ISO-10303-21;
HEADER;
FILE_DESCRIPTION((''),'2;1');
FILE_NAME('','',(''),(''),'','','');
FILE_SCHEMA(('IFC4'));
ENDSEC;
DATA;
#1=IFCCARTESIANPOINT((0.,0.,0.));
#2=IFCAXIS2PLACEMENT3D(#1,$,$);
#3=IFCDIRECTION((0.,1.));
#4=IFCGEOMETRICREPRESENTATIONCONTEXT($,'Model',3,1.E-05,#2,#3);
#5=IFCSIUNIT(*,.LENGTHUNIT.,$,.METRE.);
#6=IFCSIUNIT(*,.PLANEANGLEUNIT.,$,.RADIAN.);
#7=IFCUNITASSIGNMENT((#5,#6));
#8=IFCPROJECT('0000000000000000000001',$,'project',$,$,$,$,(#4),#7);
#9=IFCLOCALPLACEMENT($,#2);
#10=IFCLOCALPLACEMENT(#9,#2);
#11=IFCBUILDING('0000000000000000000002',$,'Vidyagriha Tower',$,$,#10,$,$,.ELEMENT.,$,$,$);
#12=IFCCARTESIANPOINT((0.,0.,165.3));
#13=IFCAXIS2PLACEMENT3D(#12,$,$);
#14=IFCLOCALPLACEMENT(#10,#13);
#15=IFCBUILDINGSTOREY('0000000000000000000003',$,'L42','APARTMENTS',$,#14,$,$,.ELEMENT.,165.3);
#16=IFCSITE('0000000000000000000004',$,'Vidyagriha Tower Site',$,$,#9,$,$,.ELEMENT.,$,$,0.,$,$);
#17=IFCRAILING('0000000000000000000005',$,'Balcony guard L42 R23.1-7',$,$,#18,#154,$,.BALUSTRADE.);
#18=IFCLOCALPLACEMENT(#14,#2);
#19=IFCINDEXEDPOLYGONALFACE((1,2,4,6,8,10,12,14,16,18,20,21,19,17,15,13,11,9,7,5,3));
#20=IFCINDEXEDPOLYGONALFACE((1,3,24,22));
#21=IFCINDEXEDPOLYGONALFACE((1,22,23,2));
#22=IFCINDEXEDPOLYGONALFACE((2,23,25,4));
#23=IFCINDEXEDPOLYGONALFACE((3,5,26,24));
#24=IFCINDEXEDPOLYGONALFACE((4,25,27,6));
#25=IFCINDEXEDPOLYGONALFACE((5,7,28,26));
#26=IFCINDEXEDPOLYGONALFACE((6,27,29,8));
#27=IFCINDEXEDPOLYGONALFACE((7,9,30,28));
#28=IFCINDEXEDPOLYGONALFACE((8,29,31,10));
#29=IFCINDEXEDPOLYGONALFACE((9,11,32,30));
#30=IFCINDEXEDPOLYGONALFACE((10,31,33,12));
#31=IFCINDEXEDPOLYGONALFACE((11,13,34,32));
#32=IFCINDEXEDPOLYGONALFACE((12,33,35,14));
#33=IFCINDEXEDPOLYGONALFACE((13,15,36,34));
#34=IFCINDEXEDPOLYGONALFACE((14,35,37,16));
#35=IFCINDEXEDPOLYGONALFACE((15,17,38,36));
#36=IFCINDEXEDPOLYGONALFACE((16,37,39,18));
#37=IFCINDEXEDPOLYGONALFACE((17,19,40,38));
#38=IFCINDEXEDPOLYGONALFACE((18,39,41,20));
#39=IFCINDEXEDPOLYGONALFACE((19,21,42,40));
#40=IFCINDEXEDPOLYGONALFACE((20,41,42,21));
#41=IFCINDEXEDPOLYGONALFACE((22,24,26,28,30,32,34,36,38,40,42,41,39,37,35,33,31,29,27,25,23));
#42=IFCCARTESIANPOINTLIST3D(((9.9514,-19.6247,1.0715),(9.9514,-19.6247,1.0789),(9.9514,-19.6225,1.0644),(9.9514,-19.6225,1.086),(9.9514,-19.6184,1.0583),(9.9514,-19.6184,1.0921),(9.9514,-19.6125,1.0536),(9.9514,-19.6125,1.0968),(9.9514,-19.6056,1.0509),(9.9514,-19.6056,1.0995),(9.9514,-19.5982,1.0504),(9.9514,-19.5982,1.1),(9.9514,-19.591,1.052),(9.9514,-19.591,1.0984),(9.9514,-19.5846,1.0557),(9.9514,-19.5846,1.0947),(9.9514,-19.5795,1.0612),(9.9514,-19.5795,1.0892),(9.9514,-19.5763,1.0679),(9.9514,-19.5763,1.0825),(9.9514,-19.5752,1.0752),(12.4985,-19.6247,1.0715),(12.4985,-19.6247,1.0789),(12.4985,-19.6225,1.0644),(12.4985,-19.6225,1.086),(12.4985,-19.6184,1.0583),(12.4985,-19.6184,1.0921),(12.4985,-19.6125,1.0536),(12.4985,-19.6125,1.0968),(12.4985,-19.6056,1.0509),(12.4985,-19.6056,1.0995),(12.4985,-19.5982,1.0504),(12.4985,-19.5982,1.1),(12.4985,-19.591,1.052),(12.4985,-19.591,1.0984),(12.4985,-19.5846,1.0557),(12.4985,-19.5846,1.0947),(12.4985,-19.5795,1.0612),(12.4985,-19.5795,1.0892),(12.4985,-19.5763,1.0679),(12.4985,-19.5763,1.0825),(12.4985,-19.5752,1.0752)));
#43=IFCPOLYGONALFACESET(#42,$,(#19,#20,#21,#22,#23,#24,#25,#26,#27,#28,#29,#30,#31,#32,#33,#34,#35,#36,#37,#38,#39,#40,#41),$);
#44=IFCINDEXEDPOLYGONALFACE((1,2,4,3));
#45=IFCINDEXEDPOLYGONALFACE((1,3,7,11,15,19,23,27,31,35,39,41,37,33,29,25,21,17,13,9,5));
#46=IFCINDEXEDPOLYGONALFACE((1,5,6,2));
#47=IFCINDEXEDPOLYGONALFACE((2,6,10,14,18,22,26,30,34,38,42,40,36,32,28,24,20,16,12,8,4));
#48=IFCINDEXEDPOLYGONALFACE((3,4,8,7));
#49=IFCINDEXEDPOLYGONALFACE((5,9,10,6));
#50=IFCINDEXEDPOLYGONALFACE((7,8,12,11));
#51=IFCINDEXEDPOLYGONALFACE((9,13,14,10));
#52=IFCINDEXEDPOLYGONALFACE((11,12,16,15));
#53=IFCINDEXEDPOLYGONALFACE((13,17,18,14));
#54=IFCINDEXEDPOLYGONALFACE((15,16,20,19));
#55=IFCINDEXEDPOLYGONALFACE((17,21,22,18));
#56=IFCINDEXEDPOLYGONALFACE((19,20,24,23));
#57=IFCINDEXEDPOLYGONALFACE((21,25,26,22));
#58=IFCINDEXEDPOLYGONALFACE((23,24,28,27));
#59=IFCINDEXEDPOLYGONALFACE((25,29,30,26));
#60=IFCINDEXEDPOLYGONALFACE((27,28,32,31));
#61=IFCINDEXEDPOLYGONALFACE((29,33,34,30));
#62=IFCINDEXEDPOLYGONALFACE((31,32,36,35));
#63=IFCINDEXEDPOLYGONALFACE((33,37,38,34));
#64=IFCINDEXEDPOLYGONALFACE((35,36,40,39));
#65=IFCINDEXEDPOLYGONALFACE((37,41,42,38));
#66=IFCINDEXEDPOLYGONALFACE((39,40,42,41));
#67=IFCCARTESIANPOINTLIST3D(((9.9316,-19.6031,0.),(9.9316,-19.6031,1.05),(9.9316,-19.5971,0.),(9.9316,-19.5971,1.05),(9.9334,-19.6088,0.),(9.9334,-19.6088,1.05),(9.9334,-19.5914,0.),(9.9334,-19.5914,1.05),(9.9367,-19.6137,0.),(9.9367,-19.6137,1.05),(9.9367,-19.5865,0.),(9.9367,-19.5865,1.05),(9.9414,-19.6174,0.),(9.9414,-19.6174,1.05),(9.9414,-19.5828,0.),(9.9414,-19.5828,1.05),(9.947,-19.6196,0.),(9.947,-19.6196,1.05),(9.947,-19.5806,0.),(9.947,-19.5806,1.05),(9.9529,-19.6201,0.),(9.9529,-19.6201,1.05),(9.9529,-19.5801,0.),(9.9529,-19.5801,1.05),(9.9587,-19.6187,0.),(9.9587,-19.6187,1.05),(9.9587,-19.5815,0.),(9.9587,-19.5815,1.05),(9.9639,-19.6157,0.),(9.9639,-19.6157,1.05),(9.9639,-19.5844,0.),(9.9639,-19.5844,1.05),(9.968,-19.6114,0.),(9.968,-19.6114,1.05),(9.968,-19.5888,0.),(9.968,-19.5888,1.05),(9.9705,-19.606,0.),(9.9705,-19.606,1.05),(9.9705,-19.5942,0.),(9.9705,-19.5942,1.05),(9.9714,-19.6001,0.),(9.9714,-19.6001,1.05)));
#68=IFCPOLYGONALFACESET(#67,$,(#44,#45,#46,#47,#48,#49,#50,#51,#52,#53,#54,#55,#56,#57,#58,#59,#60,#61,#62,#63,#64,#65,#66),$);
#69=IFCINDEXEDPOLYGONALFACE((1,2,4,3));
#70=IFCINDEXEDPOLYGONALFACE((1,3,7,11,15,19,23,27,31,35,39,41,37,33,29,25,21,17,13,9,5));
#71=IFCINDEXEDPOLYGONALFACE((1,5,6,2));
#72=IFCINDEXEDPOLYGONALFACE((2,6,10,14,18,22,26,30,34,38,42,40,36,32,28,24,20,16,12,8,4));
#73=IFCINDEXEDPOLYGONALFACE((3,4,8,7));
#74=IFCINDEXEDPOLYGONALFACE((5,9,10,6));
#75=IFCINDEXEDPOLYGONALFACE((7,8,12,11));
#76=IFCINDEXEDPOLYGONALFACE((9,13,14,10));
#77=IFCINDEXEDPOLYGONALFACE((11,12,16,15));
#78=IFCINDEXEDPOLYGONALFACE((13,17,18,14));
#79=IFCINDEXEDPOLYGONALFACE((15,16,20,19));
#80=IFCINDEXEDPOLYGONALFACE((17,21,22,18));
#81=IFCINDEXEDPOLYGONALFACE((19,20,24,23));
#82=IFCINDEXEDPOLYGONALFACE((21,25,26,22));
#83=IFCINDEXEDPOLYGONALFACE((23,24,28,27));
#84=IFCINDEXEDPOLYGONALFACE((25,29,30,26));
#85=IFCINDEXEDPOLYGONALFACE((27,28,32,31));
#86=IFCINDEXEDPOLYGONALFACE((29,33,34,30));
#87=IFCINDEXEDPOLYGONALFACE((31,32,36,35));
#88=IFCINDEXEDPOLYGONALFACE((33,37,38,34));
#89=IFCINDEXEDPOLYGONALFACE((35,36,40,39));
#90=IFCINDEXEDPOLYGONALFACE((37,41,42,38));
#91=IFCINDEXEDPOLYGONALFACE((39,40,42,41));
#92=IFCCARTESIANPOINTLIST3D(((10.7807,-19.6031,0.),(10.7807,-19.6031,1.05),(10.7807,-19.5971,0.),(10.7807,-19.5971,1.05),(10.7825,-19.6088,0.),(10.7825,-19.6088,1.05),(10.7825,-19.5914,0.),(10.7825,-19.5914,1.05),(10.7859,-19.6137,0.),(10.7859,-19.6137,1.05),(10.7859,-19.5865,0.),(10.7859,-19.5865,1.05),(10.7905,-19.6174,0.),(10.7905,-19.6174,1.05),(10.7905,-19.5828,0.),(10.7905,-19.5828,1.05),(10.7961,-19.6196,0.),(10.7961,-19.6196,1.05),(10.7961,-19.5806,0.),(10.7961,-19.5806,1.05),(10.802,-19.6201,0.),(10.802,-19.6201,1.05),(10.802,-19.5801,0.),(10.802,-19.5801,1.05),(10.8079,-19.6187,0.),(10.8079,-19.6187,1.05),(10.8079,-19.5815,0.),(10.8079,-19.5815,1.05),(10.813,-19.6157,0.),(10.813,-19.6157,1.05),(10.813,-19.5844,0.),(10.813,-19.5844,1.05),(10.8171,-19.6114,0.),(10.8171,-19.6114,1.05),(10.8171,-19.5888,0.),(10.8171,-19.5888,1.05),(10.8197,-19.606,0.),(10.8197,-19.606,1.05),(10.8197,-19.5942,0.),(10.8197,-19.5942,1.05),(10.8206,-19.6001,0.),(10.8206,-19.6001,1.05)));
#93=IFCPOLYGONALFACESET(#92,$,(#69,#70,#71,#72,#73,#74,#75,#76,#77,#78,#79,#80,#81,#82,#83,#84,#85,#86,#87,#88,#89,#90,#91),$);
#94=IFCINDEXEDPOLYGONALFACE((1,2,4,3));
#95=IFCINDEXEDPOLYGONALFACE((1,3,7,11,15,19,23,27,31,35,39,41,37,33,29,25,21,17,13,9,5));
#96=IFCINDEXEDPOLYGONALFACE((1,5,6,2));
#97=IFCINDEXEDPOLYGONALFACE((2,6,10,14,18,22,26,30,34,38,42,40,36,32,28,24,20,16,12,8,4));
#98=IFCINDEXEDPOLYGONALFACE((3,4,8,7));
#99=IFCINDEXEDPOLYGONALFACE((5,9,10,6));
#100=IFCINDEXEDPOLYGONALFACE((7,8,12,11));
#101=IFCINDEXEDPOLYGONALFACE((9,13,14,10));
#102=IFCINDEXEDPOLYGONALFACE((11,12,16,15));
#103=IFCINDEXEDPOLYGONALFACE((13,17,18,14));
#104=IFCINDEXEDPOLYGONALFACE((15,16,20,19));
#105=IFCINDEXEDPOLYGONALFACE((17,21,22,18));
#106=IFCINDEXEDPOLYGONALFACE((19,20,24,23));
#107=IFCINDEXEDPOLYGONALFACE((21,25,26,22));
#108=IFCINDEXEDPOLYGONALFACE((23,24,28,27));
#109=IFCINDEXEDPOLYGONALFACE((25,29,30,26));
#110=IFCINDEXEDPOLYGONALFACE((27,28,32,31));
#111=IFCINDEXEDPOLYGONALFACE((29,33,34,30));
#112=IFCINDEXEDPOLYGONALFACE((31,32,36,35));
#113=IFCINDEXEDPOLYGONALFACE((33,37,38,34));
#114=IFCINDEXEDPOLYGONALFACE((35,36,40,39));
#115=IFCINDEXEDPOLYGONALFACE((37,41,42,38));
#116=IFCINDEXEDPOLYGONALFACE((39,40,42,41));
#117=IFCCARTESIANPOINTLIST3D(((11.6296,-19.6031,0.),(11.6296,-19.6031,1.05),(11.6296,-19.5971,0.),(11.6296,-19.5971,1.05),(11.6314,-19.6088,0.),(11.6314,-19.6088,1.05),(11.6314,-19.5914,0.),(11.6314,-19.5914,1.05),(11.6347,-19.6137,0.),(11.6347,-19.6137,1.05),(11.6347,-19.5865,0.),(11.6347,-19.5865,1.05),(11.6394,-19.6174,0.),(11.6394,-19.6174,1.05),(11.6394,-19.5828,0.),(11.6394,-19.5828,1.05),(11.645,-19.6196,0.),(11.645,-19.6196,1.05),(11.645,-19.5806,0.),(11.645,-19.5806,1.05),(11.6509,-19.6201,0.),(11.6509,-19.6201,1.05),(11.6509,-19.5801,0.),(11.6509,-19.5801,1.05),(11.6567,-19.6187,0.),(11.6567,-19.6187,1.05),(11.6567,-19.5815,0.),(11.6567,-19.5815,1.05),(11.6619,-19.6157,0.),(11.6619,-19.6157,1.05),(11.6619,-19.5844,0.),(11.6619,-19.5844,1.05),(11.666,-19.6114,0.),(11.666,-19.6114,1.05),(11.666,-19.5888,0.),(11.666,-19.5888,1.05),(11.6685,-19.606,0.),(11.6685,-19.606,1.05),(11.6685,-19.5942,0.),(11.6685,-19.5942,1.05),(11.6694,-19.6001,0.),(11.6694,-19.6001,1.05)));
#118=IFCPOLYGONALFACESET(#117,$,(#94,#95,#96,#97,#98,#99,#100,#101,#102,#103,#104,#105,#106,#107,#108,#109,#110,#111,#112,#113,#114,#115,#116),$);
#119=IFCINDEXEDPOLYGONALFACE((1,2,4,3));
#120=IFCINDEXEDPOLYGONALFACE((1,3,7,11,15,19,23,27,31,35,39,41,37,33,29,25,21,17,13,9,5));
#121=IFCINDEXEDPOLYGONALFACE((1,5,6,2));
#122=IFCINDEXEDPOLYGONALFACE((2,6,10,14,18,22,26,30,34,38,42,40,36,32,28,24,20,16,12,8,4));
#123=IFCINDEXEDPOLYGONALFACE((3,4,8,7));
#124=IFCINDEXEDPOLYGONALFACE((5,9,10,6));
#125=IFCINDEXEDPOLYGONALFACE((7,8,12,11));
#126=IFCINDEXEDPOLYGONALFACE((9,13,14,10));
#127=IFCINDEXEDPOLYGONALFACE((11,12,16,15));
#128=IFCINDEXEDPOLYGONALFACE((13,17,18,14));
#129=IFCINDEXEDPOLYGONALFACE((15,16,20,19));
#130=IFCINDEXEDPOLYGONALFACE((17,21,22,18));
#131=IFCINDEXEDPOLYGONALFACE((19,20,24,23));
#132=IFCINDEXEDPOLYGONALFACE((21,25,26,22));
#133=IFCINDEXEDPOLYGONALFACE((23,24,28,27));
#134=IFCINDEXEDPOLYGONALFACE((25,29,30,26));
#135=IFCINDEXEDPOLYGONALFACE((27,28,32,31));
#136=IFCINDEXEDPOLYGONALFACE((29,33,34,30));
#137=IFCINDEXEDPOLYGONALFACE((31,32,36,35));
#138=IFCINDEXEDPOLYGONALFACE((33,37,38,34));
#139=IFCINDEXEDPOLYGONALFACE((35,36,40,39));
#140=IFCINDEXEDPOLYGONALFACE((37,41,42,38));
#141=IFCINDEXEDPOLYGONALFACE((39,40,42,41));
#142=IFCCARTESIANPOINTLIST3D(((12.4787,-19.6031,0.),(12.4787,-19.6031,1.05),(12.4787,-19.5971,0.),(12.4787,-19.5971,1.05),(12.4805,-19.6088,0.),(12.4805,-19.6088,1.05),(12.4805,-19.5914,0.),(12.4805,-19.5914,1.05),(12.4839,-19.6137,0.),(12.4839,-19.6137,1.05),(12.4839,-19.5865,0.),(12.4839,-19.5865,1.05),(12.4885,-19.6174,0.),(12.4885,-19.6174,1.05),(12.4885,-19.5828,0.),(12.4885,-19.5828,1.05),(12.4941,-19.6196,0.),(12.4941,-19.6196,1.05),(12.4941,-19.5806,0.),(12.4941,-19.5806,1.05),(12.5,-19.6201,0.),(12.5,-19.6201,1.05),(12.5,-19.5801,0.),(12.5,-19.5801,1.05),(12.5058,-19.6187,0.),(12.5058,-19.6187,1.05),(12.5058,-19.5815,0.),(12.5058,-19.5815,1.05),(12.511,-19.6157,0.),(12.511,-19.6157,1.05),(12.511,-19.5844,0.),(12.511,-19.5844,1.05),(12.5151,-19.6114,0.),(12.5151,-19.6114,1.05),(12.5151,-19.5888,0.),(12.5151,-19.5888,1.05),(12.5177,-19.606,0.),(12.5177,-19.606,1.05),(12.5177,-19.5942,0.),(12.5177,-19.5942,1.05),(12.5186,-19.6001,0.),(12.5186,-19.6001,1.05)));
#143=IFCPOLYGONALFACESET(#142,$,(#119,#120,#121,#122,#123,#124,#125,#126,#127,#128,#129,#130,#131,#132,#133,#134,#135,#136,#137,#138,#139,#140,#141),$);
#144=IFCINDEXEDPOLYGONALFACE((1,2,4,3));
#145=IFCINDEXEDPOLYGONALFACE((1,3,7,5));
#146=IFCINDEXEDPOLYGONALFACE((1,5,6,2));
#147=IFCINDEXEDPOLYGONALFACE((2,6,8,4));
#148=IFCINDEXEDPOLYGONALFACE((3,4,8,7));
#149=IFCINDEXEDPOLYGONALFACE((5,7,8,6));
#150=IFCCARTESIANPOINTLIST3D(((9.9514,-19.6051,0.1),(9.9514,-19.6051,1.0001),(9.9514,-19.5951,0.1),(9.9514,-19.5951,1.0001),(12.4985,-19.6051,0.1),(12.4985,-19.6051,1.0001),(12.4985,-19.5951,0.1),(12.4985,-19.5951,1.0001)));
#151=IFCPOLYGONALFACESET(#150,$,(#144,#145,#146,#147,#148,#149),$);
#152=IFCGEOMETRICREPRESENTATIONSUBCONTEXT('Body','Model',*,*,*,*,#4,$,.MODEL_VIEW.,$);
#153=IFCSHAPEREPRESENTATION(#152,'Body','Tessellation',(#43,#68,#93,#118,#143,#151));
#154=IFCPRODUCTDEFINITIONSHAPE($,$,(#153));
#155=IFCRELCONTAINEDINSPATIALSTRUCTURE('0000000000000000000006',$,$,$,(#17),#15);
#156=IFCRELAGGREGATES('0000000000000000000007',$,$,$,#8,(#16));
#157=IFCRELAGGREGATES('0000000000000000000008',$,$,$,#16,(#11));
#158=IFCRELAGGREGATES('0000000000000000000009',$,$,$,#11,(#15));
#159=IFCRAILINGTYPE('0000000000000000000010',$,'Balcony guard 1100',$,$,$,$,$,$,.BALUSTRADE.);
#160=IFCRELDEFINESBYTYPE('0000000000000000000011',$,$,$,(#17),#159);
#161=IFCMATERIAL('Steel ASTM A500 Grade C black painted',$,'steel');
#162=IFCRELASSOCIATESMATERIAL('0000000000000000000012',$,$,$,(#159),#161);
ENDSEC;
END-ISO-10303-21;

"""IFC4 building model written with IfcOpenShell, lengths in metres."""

from ifc_helpers import new_model, si_unit, direction, frame, origin, origin_2d, place, context, subcontext, project, spatial, rectangle, circle, extrude, material, type_object, element, save


model = new_model("IFC4")

# Units and contexts
model_context = context("Model", 3, precision=1e-05, world=origin(), true_north=direction((0.0, 1.0)))
body_context = subcontext(model_context, "Body", "Model", "MODEL_VIEW")
ifc_project = project(units=[si_unit("LENGTHUNIT", "METRE"), si_unit("PLANEANGLEUNIT", "RADIAN")], contexts=[model_context])

# Site, building, storey
site_placement = place(None, origin())
site = spatial("IfcSite", under=ifc_project, at=site_placement, Name="Vidyagriha Tower Site", CompositionType="ELEMENT", RefElevation=0.0)
building_placement = place(site_placement, origin())
building = spatial("IfcBuilding", under=site, at=building_placement, Name="Vidyagriha Tower", CompositionType="ELEMENT")
storey_placement = place(building_placement, frame((0.0, 0.0, 165.3)))
storey = spatial("IfcBuildingStorey", under=building, at=storey_placement, Name="L42", Description="APARTMENTS", CompositionType="ELEMENT", Elevation=165.3)

# Railing
ifc_material_1 = material(Name="Steel ASTM A500 Grade C black painted", Category="steel")
railing_type = type_object("IfcRailingType", Name="Balcony guard 1100", PredefinedType="BALUSTRADE", material=ifc_material_1)
railing_1_placement = place(storey_placement, frame((9.9514, -19.6001, 0.0)))
element("IfcRailing", 1, at=railing_1_placement, inside=storey, type_object=railing_type, Name="Balcony guard L42 R23.1-7", PredefinedType="BALUSTRADE", context=body_context, shape_type="SweptSolid", body=[
    extrude(circle(Radius=0.0249, at=origin_2d()), frame((0.0, 0.0, 1.0752), z_axis=(1.0, 0.0, 0.0), x_axis=(0.0, 1.0, 0.0)), (0.0, 0.0, 1.0), 2.5471),
    extrude(circle(Radius=0.02, at=origin_2d()), origin(), (0.0, 0.0, 1.0), 1.05),
    extrude(circle(Radius=0.02, at=origin_2d()), frame((0.8491, 0.0, 0.0)), (0.0, 0.0, 1.0), 1.05),
    extrude(circle(Radius=0.02, at=origin_2d()), frame((1.698, 0.0, 0.0)), (0.0, 0.0, 1.0), 1.05),
    extrude(circle(Radius=0.02, at=origin_2d()), frame((2.5471, 0.0, 0.0)), (0.0, 0.0, 1.0), 1.05),
    extrude(rectangle(XDim=0.01, YDim=0.9001, at=origin_2d()), frame((0.0, 0.0, 0.55), z_axis=(1.0, 0.0, 0.0), x_axis=(0.0, 1.0, 0.0)), (0.0, 0.0, 1.0), 2.5471),
])

save(model, "model.ifc")
